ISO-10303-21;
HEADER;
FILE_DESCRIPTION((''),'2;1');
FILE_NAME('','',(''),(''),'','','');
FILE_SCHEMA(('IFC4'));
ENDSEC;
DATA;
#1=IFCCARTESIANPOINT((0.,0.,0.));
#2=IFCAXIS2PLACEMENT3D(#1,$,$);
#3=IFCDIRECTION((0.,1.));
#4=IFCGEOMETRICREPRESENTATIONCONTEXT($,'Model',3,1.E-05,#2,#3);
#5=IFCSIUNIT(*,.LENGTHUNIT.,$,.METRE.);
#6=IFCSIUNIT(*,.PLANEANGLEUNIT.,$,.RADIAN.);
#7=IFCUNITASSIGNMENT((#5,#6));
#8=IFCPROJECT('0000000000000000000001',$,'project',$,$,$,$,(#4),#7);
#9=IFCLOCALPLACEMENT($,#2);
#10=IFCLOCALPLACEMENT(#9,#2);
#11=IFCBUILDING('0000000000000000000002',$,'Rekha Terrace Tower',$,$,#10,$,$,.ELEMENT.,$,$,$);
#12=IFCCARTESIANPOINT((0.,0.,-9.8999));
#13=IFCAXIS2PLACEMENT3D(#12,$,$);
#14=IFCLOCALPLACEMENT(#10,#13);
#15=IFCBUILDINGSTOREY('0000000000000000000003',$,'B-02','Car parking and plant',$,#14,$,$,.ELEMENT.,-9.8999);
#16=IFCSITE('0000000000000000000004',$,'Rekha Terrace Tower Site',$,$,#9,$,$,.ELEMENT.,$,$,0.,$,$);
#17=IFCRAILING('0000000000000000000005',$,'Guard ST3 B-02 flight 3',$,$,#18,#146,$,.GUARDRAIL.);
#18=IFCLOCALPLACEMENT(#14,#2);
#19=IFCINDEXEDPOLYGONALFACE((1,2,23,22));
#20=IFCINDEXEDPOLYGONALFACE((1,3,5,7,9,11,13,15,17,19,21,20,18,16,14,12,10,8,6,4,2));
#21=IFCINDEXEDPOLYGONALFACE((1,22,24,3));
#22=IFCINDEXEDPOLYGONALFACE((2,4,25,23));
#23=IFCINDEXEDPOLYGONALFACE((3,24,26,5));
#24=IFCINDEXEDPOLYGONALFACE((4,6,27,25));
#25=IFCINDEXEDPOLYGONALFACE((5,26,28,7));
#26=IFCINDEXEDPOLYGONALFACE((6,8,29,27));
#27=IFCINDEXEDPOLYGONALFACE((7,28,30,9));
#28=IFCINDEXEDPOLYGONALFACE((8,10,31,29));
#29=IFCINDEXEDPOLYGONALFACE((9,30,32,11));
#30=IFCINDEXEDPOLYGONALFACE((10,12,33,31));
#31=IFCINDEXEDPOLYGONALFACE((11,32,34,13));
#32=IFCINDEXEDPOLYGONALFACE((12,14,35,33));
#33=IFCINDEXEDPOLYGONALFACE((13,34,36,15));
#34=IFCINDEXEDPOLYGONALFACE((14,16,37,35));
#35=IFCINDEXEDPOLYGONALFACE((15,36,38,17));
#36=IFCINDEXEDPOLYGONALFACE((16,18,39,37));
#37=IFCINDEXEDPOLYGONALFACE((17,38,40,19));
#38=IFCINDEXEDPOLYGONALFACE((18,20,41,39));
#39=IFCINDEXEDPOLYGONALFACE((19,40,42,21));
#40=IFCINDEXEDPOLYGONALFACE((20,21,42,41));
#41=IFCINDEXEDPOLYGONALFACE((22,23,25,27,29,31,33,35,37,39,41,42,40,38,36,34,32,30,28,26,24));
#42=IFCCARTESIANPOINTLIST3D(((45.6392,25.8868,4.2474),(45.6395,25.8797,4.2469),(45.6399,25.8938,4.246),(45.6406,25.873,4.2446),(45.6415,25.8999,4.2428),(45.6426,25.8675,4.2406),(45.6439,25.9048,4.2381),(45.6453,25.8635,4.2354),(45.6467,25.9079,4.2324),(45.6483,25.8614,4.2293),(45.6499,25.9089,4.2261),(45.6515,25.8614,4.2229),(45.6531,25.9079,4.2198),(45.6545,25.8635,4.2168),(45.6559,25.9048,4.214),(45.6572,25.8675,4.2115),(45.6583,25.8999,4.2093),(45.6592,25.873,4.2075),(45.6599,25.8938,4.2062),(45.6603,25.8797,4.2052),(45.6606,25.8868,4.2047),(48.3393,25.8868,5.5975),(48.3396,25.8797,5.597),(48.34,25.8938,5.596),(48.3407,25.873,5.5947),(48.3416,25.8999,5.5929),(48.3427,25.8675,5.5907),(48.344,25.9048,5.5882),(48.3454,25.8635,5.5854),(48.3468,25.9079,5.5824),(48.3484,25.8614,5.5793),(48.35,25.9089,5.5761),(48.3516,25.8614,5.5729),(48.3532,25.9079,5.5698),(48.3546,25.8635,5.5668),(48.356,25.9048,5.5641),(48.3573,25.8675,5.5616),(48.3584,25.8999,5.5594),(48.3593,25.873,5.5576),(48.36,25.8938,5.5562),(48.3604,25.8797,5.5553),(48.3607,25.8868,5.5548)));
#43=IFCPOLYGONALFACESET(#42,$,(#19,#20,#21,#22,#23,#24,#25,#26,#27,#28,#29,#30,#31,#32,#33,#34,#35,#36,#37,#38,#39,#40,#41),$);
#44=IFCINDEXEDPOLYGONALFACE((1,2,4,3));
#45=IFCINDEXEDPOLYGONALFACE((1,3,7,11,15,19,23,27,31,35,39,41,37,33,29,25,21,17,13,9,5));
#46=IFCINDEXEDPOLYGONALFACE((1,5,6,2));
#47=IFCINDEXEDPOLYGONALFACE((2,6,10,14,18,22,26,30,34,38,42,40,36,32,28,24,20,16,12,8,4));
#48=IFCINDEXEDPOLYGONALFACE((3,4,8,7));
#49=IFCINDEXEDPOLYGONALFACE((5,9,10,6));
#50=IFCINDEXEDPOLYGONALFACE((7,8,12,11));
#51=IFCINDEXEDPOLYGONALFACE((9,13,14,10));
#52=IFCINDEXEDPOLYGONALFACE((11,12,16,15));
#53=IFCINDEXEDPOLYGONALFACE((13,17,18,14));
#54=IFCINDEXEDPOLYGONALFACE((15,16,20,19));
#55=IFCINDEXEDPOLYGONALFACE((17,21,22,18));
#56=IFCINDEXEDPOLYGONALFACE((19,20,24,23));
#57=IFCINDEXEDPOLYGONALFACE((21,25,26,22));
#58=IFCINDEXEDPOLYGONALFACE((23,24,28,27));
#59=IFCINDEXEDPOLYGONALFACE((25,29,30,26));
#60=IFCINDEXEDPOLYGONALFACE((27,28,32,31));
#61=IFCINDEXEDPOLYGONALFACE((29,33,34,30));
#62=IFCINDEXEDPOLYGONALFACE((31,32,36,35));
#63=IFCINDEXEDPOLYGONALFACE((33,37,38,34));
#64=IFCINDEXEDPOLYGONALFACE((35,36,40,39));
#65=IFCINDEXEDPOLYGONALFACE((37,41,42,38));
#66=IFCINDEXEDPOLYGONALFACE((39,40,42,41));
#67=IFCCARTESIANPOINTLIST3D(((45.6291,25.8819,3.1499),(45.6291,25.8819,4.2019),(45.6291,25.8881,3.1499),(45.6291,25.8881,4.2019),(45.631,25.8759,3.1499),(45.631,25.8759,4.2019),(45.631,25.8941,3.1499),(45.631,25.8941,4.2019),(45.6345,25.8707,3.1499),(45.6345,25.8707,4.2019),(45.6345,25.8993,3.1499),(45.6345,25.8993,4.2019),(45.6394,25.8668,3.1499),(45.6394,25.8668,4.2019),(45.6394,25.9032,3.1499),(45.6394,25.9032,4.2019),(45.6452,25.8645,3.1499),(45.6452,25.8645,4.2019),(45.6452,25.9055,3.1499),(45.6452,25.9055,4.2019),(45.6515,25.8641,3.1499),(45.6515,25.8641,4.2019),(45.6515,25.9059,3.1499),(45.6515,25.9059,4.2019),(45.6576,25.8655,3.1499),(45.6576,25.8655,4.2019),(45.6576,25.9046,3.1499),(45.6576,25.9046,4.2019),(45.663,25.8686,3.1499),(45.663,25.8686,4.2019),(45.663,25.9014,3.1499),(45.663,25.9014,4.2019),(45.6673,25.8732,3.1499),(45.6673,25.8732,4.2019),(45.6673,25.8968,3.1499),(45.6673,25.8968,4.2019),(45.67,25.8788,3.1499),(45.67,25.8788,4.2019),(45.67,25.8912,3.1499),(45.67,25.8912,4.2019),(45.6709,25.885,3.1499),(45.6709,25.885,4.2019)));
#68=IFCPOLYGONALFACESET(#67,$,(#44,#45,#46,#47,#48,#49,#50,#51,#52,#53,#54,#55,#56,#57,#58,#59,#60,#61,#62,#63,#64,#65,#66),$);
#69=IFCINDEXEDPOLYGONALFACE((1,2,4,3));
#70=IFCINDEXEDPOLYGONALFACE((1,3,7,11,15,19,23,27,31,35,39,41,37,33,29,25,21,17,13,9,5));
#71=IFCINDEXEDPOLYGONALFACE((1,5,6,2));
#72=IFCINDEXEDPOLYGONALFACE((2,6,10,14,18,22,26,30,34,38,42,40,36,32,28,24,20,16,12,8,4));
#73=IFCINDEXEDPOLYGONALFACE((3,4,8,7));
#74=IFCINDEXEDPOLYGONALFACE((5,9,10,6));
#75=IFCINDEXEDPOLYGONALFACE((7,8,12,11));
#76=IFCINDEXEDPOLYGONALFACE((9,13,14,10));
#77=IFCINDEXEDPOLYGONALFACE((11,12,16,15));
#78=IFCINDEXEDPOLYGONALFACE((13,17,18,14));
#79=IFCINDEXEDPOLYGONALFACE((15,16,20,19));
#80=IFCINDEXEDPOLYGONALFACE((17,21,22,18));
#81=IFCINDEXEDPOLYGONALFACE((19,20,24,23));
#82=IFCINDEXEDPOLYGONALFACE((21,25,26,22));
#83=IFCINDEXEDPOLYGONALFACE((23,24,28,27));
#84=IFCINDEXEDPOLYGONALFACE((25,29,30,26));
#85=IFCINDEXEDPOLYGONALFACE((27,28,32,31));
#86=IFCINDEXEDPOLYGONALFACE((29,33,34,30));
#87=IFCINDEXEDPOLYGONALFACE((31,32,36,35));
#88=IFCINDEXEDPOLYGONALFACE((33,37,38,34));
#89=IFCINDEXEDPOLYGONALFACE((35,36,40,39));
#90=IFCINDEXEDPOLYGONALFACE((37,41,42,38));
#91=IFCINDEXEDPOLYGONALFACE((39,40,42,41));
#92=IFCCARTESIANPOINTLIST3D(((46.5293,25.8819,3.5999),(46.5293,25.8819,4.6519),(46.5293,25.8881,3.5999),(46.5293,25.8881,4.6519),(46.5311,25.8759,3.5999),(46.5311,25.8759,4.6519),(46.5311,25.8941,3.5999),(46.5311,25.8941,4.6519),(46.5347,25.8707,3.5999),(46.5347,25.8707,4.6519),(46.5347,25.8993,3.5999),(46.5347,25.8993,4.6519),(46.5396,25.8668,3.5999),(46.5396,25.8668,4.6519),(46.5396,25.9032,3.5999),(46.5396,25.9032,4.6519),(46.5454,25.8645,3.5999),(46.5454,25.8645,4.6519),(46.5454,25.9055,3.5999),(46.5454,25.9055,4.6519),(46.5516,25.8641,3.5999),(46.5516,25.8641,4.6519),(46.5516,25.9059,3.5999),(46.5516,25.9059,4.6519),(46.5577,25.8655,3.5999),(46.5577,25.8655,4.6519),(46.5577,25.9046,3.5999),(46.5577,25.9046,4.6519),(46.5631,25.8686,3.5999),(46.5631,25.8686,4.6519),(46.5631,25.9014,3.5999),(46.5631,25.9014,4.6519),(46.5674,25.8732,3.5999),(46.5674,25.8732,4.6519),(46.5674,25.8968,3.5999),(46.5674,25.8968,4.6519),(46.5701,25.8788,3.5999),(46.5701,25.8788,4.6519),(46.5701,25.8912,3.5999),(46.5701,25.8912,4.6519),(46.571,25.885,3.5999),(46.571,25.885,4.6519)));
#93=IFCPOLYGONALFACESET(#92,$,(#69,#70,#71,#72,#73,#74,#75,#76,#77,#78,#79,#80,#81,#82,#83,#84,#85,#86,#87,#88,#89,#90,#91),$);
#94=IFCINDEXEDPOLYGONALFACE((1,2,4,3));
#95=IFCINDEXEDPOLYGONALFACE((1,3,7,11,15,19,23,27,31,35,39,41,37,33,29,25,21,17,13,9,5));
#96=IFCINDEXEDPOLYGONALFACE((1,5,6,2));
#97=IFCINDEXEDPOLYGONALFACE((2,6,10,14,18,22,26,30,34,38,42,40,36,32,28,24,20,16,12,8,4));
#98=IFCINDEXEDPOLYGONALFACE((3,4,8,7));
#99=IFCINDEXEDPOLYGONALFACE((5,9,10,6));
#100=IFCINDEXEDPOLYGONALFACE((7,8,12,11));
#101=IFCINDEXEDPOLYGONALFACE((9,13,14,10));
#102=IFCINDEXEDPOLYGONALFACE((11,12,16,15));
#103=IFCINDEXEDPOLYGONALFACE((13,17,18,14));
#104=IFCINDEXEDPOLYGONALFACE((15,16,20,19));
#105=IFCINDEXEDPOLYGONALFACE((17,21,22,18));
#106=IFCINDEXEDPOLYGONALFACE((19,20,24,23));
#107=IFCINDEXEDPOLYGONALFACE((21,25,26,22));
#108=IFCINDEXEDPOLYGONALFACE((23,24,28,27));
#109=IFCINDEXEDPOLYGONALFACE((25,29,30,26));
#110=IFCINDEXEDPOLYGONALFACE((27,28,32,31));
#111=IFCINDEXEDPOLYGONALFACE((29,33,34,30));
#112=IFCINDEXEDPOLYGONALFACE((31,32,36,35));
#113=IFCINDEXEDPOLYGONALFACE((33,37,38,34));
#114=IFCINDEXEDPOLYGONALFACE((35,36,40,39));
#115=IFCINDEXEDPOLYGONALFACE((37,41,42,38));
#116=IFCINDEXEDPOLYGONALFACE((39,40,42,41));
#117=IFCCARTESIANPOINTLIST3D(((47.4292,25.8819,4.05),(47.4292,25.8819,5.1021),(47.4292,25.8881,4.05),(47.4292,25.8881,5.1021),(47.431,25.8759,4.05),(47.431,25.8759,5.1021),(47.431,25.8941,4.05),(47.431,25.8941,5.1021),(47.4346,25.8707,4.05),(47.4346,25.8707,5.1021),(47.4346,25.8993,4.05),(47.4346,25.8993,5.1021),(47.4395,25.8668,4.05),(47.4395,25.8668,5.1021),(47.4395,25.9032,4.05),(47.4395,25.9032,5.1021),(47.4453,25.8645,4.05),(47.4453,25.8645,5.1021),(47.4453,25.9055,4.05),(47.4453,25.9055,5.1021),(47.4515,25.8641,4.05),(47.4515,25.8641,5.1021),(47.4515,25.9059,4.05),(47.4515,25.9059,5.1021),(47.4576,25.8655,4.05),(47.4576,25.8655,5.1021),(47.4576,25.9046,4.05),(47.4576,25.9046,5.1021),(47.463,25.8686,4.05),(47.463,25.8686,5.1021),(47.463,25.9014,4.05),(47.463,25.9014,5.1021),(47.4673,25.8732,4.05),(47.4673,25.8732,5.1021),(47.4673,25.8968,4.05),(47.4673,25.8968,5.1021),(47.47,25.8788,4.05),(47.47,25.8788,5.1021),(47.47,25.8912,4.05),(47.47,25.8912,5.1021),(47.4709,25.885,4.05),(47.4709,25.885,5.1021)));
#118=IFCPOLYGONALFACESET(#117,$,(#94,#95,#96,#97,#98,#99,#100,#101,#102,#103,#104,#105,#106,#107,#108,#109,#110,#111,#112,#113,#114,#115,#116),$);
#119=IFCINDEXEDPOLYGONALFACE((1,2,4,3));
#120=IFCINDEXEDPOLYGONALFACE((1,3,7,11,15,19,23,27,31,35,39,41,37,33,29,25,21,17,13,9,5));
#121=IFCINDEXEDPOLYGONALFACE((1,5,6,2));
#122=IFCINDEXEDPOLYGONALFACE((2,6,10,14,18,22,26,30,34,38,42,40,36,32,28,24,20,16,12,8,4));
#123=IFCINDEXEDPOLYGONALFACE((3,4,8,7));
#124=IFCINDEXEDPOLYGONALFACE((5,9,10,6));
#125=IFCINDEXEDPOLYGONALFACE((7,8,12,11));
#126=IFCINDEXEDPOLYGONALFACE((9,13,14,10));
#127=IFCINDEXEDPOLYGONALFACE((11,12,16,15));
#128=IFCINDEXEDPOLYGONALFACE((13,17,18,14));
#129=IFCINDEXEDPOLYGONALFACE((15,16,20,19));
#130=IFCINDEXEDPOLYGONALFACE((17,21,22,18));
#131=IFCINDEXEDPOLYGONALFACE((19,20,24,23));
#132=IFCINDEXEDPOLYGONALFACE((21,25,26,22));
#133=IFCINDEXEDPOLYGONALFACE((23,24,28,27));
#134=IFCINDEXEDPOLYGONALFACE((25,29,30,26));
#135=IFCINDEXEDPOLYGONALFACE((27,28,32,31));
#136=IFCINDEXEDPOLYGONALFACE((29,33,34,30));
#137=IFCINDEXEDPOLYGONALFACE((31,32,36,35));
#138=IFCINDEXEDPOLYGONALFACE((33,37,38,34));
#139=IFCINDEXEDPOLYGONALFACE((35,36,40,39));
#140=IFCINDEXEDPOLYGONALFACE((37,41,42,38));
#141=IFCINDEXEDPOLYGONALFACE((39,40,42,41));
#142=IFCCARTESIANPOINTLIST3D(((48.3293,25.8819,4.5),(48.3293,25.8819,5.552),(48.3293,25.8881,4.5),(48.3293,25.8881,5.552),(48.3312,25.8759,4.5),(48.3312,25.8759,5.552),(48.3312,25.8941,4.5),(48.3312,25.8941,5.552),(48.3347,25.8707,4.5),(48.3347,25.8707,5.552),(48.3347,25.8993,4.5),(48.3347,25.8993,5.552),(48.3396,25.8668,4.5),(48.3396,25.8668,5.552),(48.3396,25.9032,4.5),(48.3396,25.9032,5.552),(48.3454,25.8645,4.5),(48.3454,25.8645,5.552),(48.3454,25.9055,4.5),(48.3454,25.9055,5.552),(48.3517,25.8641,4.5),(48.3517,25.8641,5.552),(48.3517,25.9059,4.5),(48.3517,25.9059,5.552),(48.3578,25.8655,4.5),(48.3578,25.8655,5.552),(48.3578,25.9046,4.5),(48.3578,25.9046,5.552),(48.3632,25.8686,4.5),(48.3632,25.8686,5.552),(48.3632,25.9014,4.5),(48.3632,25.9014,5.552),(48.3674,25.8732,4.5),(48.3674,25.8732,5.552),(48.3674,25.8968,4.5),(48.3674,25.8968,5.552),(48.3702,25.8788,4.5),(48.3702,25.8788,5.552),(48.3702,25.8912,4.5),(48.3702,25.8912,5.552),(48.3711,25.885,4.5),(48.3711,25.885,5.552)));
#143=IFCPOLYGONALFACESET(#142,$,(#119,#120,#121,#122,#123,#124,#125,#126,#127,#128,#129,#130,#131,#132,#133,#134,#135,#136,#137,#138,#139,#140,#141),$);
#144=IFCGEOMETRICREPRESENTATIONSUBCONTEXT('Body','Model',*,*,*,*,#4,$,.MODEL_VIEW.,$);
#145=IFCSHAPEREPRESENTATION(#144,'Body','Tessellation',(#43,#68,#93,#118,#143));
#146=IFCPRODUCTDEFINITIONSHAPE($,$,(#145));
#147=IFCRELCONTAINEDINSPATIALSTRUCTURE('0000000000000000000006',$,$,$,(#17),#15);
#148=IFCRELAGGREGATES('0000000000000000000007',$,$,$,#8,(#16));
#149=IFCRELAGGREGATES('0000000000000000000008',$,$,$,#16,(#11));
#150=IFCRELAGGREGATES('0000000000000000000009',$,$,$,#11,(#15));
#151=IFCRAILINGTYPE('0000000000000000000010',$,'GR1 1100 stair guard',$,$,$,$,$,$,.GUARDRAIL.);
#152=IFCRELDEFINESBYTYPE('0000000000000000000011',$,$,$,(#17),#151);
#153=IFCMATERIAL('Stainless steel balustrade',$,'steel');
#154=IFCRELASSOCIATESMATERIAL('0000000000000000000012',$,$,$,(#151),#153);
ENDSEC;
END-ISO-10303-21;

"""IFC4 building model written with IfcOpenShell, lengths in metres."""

from ifc_helpers import new_model, si_unit, direction, frame, origin, origin_2d, place, context, subcontext, project, spatial, circle, extrude, material, type_object, element, save


model = new_model("IFC4")

# Units and contexts
model_context = context("Model", 3, precision=1e-05, world=origin(), true_north=direction((0.0, 1.0)))
body_context = subcontext(model_context, "Body", "Model", "MODEL_VIEW")
ifc_project = project(units=[si_unit("LENGTHUNIT", "METRE"), si_unit("PLANEANGLEUNIT", "RADIAN")], contexts=[model_context])

# Site, building, storey
site_placement = place(None, origin())
site = spatial("IfcSite", under=ifc_project, at=site_placement, Name="Rekha Terrace Tower Site", CompositionType="ELEMENT", RefElevation=0.0)
building_placement = place(site_placement, origin())
building = spatial("IfcBuilding", under=site, at=building_placement, Name="Rekha Terrace Tower", CompositionType="ELEMENT")
storey_placement = place(building_placement, frame((0.0, 0.0, -9.8999)))
storey = spatial("IfcBuildingStorey", under=building, at=storey_placement, Name="B-02", Description="Car parking and plant", CompositionType="ELEMENT", Elevation=-9.8999)

# Railing
ifc_material_1 = material(Name="Stainless steel balustrade", Category="steel")
railing_type_1 = type_object("IfcRailingType", Name="GR1 1100 stair guard", PredefinedType="GUARDRAIL", material=ifc_material_1)
railing_1_placement = place(storey_placement, frame((45.6499, 25.885, 3.1499)))
element("IfcRailing", 1, at=railing_1_placement, inside=storey, type_object=railing_type_1, Name="Guard ST3 B-02 flight 3", PredefinedType="GUARDRAIL", context=body_context, shape_type="SweptSolid", body=[
    extrude(circle(Radius=0.0239, at=origin_2d()), frame((0.0, 0.0, 1.0762), z_axis=(0.894427, 0.0, 0.447214), x_axis=(0.0, 1.0, 0.0)), (0.0, 0.0, 1.0), 3.0188),
    extrude(circle(Radius=0.021, at=origin_2d()), origin(), (0.0, 0.0, 1.0), 1.052),
    extrude(circle(Radius=0.021, at=origin_2d()), frame((0.9001, 0.0, 0.45)), (0.0, 0.0, 1.0), 1.052),
    extrude(circle(Radius=0.021, at=origin_2d()), frame((1.8, 0.0, 0.9001)), (0.0, 0.0, 1.0), 1.052),
    extrude(circle(Radius=0.021, at=origin_2d()), frame((2.7002, 0.0, 1.3501)), (0.0, 0.0, 1.0), 1.052),
])

save(model, "model.ifc")
